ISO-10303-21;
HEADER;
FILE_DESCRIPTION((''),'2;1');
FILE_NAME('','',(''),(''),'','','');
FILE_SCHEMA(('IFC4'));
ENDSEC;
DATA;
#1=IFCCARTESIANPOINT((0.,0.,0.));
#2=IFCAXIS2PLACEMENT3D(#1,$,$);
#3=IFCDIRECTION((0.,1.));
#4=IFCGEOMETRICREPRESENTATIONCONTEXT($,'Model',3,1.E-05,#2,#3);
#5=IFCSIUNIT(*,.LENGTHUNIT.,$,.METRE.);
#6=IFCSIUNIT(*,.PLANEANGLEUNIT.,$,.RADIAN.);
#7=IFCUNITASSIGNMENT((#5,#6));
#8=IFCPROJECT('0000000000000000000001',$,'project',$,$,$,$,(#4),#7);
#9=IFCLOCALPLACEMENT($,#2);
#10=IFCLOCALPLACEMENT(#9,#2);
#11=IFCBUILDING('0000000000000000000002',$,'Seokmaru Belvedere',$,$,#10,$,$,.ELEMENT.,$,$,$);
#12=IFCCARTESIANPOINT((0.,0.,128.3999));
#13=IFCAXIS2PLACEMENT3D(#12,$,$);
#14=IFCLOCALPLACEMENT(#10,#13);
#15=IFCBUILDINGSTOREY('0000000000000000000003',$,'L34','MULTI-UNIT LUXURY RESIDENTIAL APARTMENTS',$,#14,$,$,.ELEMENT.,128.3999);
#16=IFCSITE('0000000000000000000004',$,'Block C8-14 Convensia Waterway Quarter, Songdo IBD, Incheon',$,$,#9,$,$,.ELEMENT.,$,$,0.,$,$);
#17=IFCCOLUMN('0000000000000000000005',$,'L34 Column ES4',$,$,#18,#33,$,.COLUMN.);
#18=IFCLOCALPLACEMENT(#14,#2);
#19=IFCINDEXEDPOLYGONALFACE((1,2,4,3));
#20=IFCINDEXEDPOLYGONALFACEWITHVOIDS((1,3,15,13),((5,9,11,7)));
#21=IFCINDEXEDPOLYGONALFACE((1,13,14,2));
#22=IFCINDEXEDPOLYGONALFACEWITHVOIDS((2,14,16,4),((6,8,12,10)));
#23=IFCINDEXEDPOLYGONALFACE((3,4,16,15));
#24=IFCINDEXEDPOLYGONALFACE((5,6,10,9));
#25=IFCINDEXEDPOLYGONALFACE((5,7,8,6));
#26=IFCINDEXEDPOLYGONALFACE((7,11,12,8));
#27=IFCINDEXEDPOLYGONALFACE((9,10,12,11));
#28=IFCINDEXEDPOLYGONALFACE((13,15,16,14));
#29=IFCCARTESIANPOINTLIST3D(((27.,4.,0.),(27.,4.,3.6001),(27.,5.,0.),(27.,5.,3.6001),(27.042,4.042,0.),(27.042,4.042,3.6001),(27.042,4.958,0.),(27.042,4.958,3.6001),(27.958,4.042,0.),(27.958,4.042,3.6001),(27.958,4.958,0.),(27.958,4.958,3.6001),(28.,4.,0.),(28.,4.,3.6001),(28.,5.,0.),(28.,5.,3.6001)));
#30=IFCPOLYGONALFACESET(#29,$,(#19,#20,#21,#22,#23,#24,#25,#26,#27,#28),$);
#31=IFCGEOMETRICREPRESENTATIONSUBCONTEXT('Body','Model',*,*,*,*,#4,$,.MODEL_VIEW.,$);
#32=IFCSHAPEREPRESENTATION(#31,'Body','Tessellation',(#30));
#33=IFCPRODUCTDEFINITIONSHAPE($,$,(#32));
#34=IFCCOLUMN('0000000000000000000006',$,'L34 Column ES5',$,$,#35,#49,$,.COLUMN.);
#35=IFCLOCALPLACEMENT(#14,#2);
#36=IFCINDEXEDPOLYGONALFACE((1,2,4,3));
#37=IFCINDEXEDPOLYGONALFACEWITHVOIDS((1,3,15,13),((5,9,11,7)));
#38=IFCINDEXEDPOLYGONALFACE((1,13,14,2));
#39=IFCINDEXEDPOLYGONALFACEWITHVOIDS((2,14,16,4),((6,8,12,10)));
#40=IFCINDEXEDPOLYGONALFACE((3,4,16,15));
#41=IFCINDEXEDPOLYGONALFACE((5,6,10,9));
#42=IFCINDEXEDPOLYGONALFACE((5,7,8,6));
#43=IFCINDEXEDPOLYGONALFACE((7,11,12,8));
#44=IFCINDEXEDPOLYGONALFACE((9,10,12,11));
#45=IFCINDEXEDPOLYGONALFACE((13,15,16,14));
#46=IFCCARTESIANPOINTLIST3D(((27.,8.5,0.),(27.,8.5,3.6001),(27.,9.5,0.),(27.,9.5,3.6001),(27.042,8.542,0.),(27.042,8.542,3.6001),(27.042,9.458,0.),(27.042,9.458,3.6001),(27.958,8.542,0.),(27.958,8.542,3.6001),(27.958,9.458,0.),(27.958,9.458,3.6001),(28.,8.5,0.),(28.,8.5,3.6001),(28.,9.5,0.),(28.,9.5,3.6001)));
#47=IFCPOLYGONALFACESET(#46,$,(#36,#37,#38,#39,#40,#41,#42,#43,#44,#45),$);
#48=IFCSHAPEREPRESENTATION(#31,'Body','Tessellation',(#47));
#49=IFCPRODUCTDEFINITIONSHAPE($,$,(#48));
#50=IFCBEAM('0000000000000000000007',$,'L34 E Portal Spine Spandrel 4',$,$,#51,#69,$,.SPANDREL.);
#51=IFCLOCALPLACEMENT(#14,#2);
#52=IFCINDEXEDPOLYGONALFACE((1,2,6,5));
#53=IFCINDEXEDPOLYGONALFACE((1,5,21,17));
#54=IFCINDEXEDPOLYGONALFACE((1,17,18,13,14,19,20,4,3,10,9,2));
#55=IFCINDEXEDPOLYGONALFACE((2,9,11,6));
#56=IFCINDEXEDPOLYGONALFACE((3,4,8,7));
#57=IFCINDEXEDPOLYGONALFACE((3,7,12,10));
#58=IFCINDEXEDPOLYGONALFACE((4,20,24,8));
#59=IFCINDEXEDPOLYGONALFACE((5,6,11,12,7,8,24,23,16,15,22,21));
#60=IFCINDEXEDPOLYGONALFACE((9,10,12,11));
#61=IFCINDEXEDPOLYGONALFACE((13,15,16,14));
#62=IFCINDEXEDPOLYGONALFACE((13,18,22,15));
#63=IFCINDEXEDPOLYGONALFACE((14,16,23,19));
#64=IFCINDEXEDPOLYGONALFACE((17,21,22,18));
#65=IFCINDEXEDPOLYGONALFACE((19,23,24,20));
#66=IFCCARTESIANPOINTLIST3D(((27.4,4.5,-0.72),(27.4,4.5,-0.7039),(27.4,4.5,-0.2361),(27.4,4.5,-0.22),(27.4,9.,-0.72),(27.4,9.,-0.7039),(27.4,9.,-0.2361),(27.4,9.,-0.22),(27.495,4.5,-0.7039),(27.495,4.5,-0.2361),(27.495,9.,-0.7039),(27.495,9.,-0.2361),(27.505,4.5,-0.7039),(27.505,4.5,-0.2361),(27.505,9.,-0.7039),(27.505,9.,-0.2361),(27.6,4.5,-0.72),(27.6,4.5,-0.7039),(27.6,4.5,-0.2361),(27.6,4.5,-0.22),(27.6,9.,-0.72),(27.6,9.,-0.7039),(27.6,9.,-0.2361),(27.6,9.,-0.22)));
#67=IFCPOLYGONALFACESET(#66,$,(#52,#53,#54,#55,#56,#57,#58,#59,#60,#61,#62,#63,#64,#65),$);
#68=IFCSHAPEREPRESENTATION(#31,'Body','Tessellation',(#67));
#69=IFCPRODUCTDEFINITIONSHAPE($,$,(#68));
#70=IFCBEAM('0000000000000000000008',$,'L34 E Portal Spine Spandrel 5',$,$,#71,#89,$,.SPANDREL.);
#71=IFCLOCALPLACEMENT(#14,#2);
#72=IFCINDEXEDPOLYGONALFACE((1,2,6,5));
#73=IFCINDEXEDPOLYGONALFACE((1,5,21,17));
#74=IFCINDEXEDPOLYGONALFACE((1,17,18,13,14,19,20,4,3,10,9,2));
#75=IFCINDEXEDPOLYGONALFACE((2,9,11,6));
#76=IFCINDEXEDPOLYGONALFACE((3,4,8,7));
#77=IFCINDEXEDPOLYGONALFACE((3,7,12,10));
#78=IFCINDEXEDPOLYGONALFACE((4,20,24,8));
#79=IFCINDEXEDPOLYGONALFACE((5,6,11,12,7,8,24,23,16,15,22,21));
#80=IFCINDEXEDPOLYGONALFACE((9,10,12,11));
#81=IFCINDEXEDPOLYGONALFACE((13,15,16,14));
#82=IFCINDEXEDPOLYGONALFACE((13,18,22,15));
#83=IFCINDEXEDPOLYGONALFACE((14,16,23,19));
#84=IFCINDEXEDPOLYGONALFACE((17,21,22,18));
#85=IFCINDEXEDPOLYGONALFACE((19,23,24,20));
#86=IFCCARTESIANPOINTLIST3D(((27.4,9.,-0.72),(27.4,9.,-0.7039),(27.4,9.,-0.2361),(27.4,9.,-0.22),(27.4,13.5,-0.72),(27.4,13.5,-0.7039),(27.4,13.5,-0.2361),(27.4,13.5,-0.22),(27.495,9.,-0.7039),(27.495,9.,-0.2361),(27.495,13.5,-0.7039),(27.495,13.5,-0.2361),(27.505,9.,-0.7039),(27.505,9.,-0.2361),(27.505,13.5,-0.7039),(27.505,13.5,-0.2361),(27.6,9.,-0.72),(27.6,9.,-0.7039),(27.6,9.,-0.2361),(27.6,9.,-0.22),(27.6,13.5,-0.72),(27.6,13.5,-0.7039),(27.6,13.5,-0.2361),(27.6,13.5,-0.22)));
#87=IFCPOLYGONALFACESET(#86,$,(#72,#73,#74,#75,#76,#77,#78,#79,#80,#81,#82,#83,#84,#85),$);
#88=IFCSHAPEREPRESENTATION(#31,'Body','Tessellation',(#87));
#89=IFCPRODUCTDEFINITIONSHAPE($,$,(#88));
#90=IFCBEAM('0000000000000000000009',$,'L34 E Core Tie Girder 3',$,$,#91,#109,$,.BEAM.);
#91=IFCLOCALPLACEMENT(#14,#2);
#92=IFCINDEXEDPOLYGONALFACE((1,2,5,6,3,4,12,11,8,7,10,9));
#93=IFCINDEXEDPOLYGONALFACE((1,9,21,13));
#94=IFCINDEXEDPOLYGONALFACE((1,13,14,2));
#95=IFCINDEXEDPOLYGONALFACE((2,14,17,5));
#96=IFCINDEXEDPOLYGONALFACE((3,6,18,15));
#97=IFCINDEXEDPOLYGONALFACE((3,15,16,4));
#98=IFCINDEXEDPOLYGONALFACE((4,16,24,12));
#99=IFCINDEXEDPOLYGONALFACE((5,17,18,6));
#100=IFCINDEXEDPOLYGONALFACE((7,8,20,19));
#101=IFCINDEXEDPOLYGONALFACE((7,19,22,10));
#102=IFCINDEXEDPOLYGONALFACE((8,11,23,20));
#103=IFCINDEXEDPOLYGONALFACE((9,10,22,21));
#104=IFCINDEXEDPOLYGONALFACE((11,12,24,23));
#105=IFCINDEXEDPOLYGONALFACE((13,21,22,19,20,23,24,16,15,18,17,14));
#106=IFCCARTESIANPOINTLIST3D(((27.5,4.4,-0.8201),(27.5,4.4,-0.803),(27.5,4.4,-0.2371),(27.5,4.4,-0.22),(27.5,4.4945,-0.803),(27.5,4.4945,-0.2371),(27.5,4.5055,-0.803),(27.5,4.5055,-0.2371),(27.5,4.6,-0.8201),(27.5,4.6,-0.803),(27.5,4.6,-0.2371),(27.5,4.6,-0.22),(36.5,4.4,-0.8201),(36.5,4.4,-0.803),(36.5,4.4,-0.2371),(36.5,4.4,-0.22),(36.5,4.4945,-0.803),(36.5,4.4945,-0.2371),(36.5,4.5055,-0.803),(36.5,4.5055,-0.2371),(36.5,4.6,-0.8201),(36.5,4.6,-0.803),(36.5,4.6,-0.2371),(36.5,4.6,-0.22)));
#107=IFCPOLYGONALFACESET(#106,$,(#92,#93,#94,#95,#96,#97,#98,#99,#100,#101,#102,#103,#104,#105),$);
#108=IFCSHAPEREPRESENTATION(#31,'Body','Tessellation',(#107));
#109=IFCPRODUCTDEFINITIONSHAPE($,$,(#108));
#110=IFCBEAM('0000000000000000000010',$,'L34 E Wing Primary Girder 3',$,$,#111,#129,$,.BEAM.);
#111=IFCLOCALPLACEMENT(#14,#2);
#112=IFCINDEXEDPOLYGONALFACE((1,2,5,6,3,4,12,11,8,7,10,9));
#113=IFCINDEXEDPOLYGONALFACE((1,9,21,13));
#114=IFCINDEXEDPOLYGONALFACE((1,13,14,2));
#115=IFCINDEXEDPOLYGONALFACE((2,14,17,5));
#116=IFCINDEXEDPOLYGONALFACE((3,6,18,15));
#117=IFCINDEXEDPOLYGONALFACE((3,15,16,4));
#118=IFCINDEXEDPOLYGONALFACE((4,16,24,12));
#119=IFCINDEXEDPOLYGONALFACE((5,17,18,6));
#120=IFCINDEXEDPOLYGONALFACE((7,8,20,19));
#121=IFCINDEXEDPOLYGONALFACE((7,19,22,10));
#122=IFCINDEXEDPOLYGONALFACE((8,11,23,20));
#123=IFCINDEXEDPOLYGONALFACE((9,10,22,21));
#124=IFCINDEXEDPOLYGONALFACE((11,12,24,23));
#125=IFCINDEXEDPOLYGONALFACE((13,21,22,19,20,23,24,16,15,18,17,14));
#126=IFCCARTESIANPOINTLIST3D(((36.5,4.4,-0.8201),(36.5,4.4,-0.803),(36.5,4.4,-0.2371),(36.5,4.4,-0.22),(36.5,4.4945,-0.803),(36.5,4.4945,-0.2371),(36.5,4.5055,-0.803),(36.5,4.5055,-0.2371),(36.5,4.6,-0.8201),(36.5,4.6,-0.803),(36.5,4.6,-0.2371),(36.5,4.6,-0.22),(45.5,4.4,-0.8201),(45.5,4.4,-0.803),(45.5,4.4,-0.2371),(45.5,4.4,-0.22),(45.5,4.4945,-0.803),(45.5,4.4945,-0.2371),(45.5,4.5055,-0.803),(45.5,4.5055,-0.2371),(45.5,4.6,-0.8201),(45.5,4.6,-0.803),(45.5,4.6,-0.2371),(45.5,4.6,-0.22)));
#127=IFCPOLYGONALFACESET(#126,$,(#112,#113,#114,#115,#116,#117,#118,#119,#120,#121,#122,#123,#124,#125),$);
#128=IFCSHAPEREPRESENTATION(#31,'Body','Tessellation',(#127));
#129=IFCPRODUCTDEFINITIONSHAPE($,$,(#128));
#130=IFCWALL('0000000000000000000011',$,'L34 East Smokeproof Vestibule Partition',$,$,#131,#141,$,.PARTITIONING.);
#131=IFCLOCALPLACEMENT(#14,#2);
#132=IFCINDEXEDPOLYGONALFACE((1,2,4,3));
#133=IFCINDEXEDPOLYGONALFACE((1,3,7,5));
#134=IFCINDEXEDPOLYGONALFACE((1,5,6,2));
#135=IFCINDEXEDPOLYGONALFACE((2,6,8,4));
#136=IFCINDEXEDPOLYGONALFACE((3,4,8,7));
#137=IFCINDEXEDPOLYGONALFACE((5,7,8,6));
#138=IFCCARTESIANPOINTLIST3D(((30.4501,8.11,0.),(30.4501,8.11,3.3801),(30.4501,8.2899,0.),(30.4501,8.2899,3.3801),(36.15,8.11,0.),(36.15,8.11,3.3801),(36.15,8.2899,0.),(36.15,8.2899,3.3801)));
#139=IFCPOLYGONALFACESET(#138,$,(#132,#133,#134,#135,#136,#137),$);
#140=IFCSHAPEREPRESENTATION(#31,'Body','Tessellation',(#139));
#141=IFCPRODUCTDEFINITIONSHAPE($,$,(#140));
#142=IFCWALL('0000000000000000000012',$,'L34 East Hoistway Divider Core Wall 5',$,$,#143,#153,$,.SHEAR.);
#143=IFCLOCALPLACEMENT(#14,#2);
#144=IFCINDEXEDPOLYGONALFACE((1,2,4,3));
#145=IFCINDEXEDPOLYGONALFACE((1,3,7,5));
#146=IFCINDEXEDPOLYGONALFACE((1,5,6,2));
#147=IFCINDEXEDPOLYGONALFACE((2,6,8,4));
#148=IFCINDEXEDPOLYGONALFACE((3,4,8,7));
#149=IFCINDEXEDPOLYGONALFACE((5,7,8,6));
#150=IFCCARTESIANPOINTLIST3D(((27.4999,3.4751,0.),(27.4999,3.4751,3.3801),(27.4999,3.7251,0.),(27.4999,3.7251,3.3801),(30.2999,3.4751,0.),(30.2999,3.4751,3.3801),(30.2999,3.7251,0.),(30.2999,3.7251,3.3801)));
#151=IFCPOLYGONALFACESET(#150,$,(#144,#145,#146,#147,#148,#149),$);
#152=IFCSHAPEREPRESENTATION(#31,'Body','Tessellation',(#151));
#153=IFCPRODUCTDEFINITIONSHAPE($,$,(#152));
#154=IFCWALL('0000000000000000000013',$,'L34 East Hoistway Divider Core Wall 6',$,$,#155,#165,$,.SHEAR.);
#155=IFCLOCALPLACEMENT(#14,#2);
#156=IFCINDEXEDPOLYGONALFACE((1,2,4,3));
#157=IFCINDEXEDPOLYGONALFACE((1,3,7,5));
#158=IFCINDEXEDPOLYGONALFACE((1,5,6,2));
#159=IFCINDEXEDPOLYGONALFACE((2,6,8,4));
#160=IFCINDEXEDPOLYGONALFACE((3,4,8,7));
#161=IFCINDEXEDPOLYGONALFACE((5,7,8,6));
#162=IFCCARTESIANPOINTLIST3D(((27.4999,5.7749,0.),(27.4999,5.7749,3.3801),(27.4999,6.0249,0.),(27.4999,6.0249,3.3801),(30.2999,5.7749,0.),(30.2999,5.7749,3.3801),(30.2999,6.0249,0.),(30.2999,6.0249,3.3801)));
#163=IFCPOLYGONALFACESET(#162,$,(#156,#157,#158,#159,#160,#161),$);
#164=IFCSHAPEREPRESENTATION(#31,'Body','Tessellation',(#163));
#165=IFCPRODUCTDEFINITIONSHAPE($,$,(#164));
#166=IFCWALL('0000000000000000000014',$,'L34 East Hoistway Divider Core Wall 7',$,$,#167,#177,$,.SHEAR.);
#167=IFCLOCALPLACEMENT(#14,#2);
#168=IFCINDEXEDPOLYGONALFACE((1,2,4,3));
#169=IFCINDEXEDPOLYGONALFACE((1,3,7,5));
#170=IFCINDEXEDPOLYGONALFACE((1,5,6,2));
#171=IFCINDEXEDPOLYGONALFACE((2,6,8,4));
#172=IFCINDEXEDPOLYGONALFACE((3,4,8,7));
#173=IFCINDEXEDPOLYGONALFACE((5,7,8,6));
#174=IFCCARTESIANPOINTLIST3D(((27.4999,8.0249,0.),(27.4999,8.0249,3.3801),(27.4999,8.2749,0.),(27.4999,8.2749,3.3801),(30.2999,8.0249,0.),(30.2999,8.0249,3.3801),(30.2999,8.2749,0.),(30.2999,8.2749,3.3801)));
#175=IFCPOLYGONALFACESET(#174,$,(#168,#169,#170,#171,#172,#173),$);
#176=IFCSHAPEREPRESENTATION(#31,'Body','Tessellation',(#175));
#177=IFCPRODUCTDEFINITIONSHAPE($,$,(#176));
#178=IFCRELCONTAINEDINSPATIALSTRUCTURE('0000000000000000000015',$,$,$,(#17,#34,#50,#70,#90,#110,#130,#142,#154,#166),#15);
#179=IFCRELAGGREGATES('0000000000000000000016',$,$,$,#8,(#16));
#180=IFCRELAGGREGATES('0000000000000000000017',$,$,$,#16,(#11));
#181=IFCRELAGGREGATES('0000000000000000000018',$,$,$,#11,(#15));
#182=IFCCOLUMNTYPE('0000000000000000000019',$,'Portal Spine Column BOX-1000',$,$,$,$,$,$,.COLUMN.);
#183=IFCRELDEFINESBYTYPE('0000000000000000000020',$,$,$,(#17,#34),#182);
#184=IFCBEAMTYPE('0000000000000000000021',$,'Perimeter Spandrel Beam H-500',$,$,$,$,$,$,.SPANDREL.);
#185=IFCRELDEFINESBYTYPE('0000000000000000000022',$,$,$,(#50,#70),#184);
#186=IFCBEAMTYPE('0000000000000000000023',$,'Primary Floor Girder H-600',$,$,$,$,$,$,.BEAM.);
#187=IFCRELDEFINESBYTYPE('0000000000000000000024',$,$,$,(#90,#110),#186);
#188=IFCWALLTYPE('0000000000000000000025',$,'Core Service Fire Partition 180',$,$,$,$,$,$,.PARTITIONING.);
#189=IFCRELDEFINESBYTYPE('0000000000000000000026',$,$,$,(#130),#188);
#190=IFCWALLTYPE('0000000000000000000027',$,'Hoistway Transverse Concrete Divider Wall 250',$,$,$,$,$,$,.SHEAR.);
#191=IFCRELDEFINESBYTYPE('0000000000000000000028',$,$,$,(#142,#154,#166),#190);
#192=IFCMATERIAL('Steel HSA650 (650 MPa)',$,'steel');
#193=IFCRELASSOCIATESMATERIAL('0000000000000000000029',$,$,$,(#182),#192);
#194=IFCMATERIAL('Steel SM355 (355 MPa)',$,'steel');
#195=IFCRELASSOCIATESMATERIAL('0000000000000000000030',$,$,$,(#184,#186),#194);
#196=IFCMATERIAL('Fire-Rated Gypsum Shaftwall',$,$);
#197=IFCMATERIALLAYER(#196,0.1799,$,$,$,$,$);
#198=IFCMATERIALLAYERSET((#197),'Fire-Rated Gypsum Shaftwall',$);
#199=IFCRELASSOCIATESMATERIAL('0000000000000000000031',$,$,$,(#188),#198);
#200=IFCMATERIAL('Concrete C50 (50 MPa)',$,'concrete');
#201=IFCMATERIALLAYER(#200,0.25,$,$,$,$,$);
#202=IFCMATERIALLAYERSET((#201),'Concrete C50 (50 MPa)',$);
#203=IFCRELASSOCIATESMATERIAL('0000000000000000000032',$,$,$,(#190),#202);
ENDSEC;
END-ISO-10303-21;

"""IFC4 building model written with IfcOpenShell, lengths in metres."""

from ifc_helpers import new_model, si_unit, direction, frame, frame_2d, origin, origin_2d, place, context, subcontext, project, spatial, rectangle, hollow_rectangle, i_section, extrude, source, transform, mapped, material, layer, layer_set, material_profile, profile_set, type_object, type_shapes, element, save


model = new_model("IFC4")

# Units and contexts
model_context = context("Model", 3, precision=1e-05, world=origin(), true_north=direction((0.0, 1.0)))
body_context = subcontext(model_context, "Body", "Model", "MODEL_VIEW")
ifc_project = project(units=[si_unit("LENGTHUNIT", "METRE"), si_unit("PLANEANGLEUNIT", "RADIAN")], contexts=[model_context])

# Site, building, storey
site_placement = place(None, origin())
site = spatial("IfcSite", under=ifc_project, at=site_placement, Name="Block C8-14 Convensia Waterway Quarter, Songdo IBD, Incheon", CompositionType="ELEMENT", RefElevation=0.0)
building_placement = place(site_placement, origin())
building = spatial("IfcBuilding", under=site, at=building_placement, Name="Seokmaru Belvedere", CompositionType="ELEMENT")
storey_placement = place(building_placement, frame((0.0, 0.0, 128.3999)))
storey = spatial("IfcBuildingStorey", under=building, at=storey_placement, Name="L34", Description="MULTI-UNIT LUXURY RESIDENTIAL APARTMENTS", CompositionType="ELEMENT", Elevation=128.3999)

# Columns
ifc_material_1 = material(Name="Steel HSA650 (650 MPa)", Category="steel")
ifc_material_profile_1 = material_profile(ifc_material_1, hollow_rectangle(XDim=1.0, YDim=1.0, WallThickness=0.042, at=origin_2d()), Name="BOX-1000x1000x42")
ifc_profile_set_1 = profile_set([ifc_material_profile_1], Name="Steel HSA650 (650 MPa)")
column_type = type_object("IfcColumnType", Name="Portal Spine Column BOX-1000", PredefinedType="COLUMN", material=ifc_profile_set_1)
shared_shape_1 = source(origin(), body_context, "Body", "SweptSolid", [
    extrude(hollow_rectangle(XDim=1.0, YDim=1.0, WallThickness=0.042, at=origin_2d()), origin(), (0.0, 0.0, 1.0), 3.6001),
])
type_shapes(column_type, [shared_shape_1])
for number, where, z_axis, x_axis, name in (
    (1, (27.5, 4.5, 0.0), (0.0, 0.0, 1.0), (1.0, 0.0, 0.0), "L34 Column ES4"),
    (2, (27.5, 9.0, 0.0), (0.0, 0.0, 1.0), (1.0, 0.0, 0.0), "L34 Column ES5"),
):
    element("IfcColumn", number, at=place(storey_placement, frame(where, z_axis=z_axis, x_axis=x_axis)), inside=storey, type_object=column_type, Name=name, PredefinedType="COLUMN", context=body_context, shape_type="MappedRepresentation", body=[
        mapped(shared_shape_1, transform((0.0, 0.0, 0.0), scale=1.0)),
    ])

# Beams
ifc_material_2 = material(Name="Steel SM355 (355 MPa)", Category="steel")
ifc_material_profile_2 = material_profile(ifc_material_2, i_section(OverallWidth=0.2, OverallDepth=0.5, WebThickness=0.01, FlangeThickness=0.0161, at=origin_2d()), Name="H-500x200x10x16")
ifc_profile_set_2 = profile_set([ifc_material_profile_2], Name="Steel SM355 (355 MPa)")
beam_type_1 = type_object("IfcBeamType", Name="Perimeter Spandrel Beam H-500", PredefinedType="SPANDREL", material=ifc_profile_set_2)
shared_shape_2 = source(origin(), body_context, "Body", "SweptSolid", [
    extrude(i_section(OverallWidth=0.2, OverallDepth=0.5, WebThickness=0.01, FlangeThickness=0.0161, at=origin_2d()), origin(), (0.0, 0.0, 1.0), 4.5),
])
type_shapes(beam_type_1, [shared_shape_2])
for number, where, z_axis, x_axis, name in (
    (3, (27.5, 4.5, -0.47), (0.0, 1.0, 0.0), (-1.0, 0.0, 0.0), "L34 E Portal Spine Spandrel 4"),
    (4, (27.5, 9.0, -0.47), (0.0, 1.0, 0.0), (-1.0, 0.0, 0.0), "L34 E Portal Spine Spandrel 5"),
):
    element("IfcBeam", number, at=place(storey_placement, frame(where, z_axis=z_axis, x_axis=x_axis)), inside=storey, type_object=beam_type_1, Name=name, PredefinedType="SPANDREL", context=body_context, shape_type="MappedRepresentation", body=[
        mapped(shared_shape_2, transform((0.0, 0.0, 0.0), scale=1.0)),
    ])
ifc_material_profile_3 = material_profile(ifc_material_2, i_section(OverallWidth=0.2, OverallDepth=0.6001, WebThickness=0.011, FlangeThickness=0.0171, at=origin_2d()), Name="H-600x200x11x17")
ifc_profile_set_3 = profile_set([ifc_material_profile_3], Name="Steel SM355 (355 MPa)")
beam_type_2 = type_object("IfcBeamType", Name="Primary Floor Girder H-600", PredefinedType="BEAM", material=ifc_profile_set_3)
shared_shape_3 = source(origin(), body_context, "Body", "SweptSolid", [
    extrude(i_section(OverallWidth=0.2, OverallDepth=0.6001, WebThickness=0.011, FlangeThickness=0.0171, at=origin_2d()), origin(), (0.0, 0.0, 1.0), 9.0),
])
type_shapes(beam_type_2, [shared_shape_3])
for number, where, z_axis, x_axis, name in (
    (5, (27.5, 4.5, -0.52), (1.0, 0.0, 0.0), (0.0, 1.0, 0.0), "L34 E Core Tie Girder 3"),
    (6, (36.5, 4.5, -0.52), (1.0, 0.0, 0.0), (0.0, 1.0, 0.0), "L34 E Wing Primary Girder 3"),
):
    element("IfcBeam", number, at=place(storey_placement, frame(where, z_axis=z_axis, x_axis=x_axis)), inside=storey, type_object=beam_type_2, Name=name, PredefinedType="BEAM", context=body_context, shape_type="MappedRepresentation", body=[
        mapped(shared_shape_3, transform((0.0, 0.0, 0.0), scale=1.0)),
    ])

# Walls
ifc_material_3 = material(Name="Fire-Rated Gypsum Shaftwall")
ifc_layer_1 = layer(ifc_material_3, 0.1799)
ifc_layer_set_1 = layer_set([ifc_layer_1], Name="Fire-Rated Gypsum Shaftwall")
wall_type_1 = type_object("IfcWallType", Name="Core Service Fire Partition 180", PredefinedType="PARTITIONING", material=ifc_layer_set_1)
wall_1_placement = place(storey_placement, frame((30.45, 8.2, 0.0), z_axis=(0.0, 0.0, 1.0), x_axis=(1.0, 0.0, 0.0)))
element("IfcWall", 7, at=wall_1_placement, inside=storey, type_object=wall_type_1, Name="L34 East Smokeproof Vestibule Partition", PredefinedType="PARTITIONING", context=body_context, shape_type="SweptSolid", body=[
    extrude(rectangle(XDim=5.7, YDim=0.1799, at=frame_2d((2.8501, 0.0))), origin(), (0.0, 0.0, 1.0), 3.3801),
])
ifc_material_4 = material(Name="Concrete C50 (50 MPa)", Category="concrete")
ifc_layer_2 = layer(ifc_material_4, 0.25)
ifc_layer_set_2 = layer_set([ifc_layer_2], Name="Concrete C50 (50 MPa)")
wall_type_2 = type_object("IfcWallType", Name="Hoistway Transverse Concrete Divider Wall 250", PredefinedType="SHEAR", material=ifc_layer_set_2)
for number, where, z_axis, x_axis, name in (
    (8, (27.5, 3.6001, 0.0), (0.0, 0.0, 1.0), (1.0, 0.0, 0.0), "L34 East Hoistway Divider Core Wall 5"),
    (9, (27.5, 5.8999, 0.0), (0.0, 0.0, 1.0), (1.0, 0.0, 0.0), "L34 East Hoistway Divider Core Wall 6"),
    (10, (27.5, 8.1499, 0.0), (0.0, 0.0, 1.0), (1.0, 0.0, 0.0), "L34 East Hoistway Divider Core Wall 7"),
):
    element("IfcWall", number, at=place(storey_placement, frame(where, z_axis=z_axis, x_axis=x_axis)), inside=storey, type_object=wall_type_2, Name=name, PredefinedType="SHEAR", context=body_context, shape_type="SweptSolid", body=[
        extrude(rectangle(XDim=2.8, YDim=0.25, at=frame_2d((1.3999, 0.0))), origin(), (0.0, 0.0, 1.0), 3.3801),
    ])

save(model, "model.ifc")
